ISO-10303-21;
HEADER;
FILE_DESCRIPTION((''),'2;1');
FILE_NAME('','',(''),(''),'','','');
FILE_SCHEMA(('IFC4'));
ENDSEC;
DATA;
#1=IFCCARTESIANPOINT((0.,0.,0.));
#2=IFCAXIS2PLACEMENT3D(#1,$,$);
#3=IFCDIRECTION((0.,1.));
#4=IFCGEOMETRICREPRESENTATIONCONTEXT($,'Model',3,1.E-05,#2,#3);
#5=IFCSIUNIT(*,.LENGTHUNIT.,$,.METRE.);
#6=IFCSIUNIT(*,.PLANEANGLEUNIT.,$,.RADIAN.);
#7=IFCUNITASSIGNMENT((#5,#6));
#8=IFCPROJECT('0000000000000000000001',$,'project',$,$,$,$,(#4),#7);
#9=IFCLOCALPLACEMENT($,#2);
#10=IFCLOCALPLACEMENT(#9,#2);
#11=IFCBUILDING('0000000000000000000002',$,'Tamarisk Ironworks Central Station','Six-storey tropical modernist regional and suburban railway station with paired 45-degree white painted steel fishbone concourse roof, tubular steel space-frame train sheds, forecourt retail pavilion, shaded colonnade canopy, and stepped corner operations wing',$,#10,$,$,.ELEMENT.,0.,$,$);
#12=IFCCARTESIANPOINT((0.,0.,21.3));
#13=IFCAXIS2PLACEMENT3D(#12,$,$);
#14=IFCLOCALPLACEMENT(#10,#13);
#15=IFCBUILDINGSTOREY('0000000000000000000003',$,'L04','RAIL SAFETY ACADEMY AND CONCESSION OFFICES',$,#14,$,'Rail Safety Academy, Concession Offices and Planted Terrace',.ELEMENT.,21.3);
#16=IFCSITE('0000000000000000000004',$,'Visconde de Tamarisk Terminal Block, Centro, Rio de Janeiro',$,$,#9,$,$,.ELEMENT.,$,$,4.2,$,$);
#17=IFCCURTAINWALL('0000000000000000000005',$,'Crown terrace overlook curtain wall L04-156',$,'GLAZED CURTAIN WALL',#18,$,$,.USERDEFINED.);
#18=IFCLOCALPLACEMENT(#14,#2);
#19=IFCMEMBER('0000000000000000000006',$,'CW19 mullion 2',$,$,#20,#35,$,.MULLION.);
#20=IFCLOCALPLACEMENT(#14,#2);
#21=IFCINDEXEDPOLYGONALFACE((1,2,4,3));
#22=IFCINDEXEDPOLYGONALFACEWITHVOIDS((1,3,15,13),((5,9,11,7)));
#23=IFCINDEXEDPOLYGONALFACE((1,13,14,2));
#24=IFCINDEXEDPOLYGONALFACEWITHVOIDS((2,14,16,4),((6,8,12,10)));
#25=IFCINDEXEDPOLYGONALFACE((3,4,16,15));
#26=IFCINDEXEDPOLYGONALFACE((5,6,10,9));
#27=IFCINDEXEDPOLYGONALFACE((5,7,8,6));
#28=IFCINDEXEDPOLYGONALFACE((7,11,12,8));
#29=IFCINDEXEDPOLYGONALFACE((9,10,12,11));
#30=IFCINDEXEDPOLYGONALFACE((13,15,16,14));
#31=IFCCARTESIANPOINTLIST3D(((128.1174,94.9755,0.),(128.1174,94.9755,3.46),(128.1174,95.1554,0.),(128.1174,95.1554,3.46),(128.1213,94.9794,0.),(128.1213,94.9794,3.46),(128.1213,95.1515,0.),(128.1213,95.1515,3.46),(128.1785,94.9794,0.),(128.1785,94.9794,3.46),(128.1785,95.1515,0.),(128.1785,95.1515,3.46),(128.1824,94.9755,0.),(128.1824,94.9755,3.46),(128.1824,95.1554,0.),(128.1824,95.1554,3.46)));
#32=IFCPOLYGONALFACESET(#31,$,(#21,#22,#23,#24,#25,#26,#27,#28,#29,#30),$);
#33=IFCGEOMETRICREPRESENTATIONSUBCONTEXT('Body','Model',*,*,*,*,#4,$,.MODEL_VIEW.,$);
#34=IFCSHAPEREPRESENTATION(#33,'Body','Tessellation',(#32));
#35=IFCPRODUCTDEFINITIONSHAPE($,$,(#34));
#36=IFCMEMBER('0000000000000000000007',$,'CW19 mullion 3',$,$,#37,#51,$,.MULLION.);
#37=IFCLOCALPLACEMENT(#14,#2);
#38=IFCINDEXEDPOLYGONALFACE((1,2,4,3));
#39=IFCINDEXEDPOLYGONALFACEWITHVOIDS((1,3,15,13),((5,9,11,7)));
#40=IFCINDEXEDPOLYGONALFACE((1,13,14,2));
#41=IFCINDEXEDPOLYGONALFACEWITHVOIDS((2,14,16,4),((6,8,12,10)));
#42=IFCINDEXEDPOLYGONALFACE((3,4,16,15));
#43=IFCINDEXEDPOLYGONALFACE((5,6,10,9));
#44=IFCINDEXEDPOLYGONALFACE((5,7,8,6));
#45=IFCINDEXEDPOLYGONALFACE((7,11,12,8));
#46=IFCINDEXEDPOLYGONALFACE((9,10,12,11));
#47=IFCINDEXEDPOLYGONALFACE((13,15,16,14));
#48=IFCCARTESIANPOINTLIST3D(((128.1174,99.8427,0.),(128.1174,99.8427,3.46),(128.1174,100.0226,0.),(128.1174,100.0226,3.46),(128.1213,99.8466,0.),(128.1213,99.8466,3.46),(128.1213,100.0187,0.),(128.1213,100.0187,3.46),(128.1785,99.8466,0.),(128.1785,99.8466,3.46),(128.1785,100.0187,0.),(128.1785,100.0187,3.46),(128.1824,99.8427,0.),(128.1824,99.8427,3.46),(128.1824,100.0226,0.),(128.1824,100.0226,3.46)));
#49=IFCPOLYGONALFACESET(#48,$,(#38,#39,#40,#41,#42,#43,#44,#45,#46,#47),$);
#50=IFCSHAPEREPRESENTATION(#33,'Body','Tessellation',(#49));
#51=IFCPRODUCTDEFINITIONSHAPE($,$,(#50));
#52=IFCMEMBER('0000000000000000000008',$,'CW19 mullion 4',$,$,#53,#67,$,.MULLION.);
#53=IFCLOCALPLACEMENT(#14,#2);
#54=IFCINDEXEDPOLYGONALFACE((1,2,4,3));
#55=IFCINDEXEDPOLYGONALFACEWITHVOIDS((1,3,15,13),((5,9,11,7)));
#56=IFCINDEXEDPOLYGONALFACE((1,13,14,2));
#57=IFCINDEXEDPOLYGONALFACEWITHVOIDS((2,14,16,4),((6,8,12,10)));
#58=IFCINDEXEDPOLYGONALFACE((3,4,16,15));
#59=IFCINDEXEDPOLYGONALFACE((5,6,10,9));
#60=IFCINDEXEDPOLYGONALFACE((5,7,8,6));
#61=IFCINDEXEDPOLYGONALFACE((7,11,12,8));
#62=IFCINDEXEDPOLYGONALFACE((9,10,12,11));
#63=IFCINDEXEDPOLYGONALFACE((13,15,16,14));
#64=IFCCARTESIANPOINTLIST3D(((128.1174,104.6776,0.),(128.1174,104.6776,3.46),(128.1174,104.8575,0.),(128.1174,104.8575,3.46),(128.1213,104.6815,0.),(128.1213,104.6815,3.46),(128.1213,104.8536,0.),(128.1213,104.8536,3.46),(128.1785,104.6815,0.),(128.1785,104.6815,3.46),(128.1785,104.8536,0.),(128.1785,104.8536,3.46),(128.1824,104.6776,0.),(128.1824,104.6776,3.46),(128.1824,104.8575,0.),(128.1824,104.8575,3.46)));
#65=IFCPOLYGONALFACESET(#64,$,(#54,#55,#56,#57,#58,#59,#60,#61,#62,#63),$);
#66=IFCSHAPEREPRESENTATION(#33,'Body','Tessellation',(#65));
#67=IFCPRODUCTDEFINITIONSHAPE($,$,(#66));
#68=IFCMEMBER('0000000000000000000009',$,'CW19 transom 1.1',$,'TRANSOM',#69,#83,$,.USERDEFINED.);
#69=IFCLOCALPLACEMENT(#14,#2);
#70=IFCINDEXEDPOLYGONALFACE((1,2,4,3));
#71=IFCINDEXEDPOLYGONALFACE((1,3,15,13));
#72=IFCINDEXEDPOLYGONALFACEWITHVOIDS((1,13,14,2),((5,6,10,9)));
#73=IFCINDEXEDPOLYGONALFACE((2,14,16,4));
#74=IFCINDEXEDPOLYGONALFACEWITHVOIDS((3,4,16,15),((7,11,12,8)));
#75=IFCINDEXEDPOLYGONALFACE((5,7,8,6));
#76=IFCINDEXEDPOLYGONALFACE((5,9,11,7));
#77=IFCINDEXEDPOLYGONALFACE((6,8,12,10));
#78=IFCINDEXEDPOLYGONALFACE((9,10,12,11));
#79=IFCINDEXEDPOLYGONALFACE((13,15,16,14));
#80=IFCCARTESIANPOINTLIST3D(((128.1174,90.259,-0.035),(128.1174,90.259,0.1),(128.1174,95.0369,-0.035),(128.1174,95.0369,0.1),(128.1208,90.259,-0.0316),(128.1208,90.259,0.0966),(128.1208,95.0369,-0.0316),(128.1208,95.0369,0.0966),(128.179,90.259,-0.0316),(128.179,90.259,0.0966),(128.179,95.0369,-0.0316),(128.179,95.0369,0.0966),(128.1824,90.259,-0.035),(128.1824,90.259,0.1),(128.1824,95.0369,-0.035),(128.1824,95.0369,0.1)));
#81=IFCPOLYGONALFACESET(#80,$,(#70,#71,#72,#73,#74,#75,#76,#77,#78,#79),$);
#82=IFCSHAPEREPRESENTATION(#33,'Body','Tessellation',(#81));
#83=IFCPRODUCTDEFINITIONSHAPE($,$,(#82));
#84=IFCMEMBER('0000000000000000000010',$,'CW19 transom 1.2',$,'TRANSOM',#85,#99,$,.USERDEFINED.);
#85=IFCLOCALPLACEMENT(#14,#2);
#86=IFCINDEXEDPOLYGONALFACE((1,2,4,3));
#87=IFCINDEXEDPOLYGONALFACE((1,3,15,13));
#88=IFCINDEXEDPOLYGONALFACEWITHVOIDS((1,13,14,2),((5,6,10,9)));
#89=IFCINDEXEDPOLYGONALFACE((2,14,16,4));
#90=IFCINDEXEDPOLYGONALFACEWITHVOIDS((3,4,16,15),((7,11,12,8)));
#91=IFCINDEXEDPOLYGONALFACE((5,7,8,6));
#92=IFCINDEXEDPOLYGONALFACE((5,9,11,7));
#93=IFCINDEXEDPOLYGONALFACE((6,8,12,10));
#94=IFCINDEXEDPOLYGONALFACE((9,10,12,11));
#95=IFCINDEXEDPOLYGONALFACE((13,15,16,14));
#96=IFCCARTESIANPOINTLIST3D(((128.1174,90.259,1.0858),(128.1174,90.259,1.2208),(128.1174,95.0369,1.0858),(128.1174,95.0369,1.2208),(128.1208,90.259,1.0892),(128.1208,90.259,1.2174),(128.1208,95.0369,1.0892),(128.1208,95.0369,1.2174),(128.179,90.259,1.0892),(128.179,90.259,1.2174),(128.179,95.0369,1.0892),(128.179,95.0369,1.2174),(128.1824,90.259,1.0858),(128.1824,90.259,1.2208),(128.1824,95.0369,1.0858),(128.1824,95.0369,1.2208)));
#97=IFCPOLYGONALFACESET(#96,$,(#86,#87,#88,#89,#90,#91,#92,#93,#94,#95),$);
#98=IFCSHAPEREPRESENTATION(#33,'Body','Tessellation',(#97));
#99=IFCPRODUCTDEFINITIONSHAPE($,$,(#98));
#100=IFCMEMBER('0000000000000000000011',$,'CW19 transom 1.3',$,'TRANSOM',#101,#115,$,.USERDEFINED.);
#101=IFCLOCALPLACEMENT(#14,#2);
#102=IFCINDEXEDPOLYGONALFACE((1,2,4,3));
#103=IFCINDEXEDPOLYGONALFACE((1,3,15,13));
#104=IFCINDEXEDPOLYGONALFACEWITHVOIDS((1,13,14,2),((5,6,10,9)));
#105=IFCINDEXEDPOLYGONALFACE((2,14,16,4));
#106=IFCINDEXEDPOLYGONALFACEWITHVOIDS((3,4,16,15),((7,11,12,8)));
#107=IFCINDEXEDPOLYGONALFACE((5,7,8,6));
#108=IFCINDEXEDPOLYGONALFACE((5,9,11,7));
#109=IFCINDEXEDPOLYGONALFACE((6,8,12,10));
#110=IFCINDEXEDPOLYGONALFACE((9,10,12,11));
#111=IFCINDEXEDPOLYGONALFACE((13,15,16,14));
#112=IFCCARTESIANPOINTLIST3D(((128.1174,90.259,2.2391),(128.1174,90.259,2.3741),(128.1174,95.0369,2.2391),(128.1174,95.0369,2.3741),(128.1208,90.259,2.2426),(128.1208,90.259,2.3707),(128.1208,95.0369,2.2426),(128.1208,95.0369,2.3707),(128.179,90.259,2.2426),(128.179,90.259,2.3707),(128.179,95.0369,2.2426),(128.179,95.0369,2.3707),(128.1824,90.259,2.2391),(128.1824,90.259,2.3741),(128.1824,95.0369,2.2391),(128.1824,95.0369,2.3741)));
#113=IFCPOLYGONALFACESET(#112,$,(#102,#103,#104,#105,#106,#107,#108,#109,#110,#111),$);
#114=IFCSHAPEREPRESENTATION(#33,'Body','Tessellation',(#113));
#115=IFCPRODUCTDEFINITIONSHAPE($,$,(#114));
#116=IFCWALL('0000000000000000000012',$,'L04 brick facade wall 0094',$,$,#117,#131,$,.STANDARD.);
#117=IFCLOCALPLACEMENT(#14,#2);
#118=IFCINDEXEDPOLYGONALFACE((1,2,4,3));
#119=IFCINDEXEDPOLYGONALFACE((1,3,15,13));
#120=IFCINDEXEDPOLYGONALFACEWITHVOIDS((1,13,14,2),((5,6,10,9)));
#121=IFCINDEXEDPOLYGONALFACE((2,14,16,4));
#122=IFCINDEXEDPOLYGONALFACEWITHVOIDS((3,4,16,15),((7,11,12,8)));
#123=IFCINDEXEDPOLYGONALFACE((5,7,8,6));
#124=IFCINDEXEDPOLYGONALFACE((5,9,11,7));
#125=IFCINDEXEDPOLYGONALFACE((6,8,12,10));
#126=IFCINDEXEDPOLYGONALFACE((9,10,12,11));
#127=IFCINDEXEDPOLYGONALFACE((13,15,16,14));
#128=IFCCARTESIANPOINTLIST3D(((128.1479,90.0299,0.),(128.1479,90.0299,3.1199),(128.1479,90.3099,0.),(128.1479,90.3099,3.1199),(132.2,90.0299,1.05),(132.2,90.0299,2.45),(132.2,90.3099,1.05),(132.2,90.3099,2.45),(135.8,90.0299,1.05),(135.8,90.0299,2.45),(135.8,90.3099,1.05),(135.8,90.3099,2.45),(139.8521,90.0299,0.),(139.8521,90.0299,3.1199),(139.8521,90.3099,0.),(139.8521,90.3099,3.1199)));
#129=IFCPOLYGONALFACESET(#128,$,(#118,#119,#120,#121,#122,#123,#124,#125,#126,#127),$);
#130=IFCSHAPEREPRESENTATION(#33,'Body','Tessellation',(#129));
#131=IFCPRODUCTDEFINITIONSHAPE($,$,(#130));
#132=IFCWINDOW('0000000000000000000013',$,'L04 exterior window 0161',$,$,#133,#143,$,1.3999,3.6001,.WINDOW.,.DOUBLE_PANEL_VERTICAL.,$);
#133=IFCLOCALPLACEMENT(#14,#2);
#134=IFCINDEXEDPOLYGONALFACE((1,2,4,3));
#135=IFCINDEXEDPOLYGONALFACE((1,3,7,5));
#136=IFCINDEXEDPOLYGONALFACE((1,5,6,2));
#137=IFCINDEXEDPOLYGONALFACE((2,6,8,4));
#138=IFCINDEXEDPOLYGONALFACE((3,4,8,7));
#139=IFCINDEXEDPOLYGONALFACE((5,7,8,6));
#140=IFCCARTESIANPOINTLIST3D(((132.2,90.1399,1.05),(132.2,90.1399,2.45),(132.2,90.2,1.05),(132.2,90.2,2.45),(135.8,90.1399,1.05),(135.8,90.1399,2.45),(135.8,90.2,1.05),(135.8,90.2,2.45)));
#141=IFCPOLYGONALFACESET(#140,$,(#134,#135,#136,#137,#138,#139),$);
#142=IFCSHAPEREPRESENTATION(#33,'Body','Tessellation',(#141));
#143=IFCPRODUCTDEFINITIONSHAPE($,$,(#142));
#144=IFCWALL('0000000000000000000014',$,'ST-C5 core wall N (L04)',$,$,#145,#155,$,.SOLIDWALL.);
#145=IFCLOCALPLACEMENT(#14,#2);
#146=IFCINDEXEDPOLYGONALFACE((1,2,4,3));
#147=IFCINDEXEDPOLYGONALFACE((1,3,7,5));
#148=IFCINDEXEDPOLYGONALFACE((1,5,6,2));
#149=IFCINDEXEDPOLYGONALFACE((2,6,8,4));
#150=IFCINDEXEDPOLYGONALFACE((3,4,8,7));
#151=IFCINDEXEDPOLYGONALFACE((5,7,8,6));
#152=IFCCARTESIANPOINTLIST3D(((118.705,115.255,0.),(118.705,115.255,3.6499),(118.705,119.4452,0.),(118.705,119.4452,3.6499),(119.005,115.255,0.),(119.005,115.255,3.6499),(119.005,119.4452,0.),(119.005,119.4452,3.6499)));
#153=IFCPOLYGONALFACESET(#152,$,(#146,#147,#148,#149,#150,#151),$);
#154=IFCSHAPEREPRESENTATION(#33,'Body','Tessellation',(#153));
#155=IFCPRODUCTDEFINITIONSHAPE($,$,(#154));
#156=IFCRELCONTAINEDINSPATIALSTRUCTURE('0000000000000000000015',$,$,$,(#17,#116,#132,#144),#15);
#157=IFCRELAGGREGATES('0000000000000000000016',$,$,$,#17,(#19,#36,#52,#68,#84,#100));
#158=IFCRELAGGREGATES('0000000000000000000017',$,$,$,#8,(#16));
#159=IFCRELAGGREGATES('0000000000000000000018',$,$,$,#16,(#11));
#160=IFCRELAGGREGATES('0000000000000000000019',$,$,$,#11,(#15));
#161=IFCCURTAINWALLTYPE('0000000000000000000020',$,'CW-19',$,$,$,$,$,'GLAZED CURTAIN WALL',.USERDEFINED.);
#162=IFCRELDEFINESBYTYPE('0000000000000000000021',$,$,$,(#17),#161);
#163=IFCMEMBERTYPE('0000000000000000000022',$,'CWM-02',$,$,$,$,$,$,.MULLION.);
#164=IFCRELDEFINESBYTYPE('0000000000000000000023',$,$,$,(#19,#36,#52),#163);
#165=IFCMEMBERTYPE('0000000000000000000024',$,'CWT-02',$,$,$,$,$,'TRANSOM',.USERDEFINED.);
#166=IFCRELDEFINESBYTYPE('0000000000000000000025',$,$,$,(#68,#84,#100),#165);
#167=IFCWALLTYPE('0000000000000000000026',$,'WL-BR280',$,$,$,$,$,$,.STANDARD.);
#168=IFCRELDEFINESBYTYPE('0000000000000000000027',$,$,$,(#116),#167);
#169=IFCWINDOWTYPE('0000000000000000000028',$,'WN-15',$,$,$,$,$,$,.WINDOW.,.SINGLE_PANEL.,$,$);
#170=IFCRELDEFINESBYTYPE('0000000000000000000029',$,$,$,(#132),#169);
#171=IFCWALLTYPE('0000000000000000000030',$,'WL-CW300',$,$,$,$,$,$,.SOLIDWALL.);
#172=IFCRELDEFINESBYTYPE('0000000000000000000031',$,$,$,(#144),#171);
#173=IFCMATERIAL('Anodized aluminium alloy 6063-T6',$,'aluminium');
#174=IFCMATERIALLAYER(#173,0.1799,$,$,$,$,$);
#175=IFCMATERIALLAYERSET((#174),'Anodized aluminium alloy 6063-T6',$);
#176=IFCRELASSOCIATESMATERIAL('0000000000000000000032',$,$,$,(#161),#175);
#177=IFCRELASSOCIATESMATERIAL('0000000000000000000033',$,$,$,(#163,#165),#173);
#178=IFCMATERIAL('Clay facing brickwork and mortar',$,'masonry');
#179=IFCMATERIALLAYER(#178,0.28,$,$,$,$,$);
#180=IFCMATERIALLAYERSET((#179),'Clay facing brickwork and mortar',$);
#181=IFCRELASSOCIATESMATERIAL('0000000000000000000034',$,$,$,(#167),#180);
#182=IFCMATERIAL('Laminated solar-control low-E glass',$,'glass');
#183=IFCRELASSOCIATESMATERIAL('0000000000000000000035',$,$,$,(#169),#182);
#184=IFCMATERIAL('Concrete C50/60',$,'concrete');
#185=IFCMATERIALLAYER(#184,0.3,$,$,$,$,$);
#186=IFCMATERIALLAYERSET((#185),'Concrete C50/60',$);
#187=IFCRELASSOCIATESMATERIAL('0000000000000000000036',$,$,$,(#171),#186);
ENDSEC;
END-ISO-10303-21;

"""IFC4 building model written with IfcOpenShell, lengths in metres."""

from ifc_helpers import new_model, si_unit, direction, frame, frame_2d, origin, origin_2d, place, context, subcontext, project, spatial, rectangle, hollow_rectangle, extrude, material, layer, layer_set, material_profile, profile_set, type_object, element, fill, aggregate, save


model = new_model("IFC4")

# Units and contexts
model_context = context("Model", 3, precision=1e-05, world=origin(), true_north=direction((0.0, 1.0)))
body_context = subcontext(model_context, "Body", "Model", "MODEL_VIEW")
ifc_project = project(units=[si_unit("LENGTHUNIT", "METRE"), si_unit("PLANEANGLEUNIT", "RADIAN")], contexts=[model_context])

# Site, building, storey
site_placement = place(None, origin())
site = spatial("IfcSite", under=ifc_project, at=site_placement, Name="Visconde de Tamarisk Terminal Block, Centro, Rio de Janeiro", CompositionType="ELEMENT", RefElevation=4.2)
building_placement = place(site_placement, origin())
building = spatial("IfcBuilding", under=site, at=building_placement, Name="Tamarisk Ironworks Central Station", Description="Six-storey tropical modernist regional and suburban railway station with paired 45-degree white painted steel fishbone concourse roof, tubular steel space-frame train sheds, forecourt retail pavilion, shaded colonnade canopy, and stepped corner operations wing", CompositionType="ELEMENT", ElevationOfRefHeight=0.0)
storey_placement = place(building_placement, frame((0.0, 0.0, 21.3)))
storey = spatial("IfcBuildingStorey", under=building, at=storey_placement, Name="L04", Description="RAIL SAFETY ACADEMY AND CONCESSION OFFICES", LongName="Rail Safety Academy, Concession Offices and Planted Terrace", CompositionType="ELEMENT", Elevation=21.3)

# Curtain wall, members
ifc_material_1 = material(Name="Anodized aluminium alloy 6063-T6", Category="aluminium")
ifc_layer_1 = layer(ifc_material_1, 0.1799)
ifc_layer_set_1 = layer_set([ifc_layer_1], Name="Anodized aluminium alloy 6063-T6")
curtain_wall_type = type_object("IfcCurtainWallType", Name="CW-19", ElementType="GLAZED CURTAIN WALL", PredefinedType="USERDEFINED", material=ifc_layer_set_1)
curtain_wall_placement = place(storey_placement, origin())
curtain_wall = element("IfcCurtainWall", 1, at=curtain_wall_placement, inside=storey, type_object=curtain_wall_type, Name="Crown terrace overlook curtain wall L04-156", ObjectType="GLAZED CURTAIN WALL", PredefinedType="USERDEFINED")
ifc_material_profile_1 = material_profile(ifc_material_1, hollow_rectangle(XDim=0.0649, YDim=0.1799, WallThickness=0.0039, at=origin_2d()), Name="ALUM 180x65")
ifc_profile_set_1 = profile_set([ifc_material_profile_1], Name="Anodized aluminium alloy 6063-T6")
member_type_1 = type_object("IfcMemberType", Name="CWM-02", PredefinedType="MULLION", material=ifc_profile_set_1)
member_1_placement = place(storey_placement, frame((128.1499, 95.0654, 0.0), z_axis=(0.0, 0.0, 1.0), x_axis=(-1.0, 0.0, 0.0)))
member_1 = element("IfcMember", 2, at=member_1_placement, type_object=member_type_1, Name="CW19 mullion 2", PredefinedType="MULLION", context=body_context, shape_type="SweptSolid", body=[
    extrude(hollow_rectangle(XDim=0.0649, YDim=0.1799, WallThickness=0.0039, at=origin_2d()), origin(), (0.0, 0.0, 1.0), 3.46),
])
member_2_placement = place(storey_placement, frame((128.1499, 99.9326, 0.0), z_axis=(0.0, 0.0, 1.0), x_axis=(-1.0, 0.0, 0.0)))
member_2 = element("IfcMember", 3, at=member_2_placement, type_object=member_type_1, Name="CW19 mullion 3", PredefinedType="MULLION", context=body_context, shape_type="SweptSolid", body=[
    extrude(hollow_rectangle(XDim=0.0649, YDim=0.1799, WallThickness=0.0039, at=origin_2d()), origin(), (0.0, 0.0, 1.0), 3.46),
])
member_3_placement = place(storey_placement, frame((128.1499, 104.7676, 0.0), z_axis=(0.0, 0.0, 1.0), x_axis=(-1.0, 0.0, 0.0)))
member_3 = element("IfcMember", 4, at=member_3_placement, type_object=member_type_1, Name="CW19 mullion 4", PredefinedType="MULLION", context=body_context, shape_type="SweptSolid", body=[
    extrude(hollow_rectangle(XDim=0.0649, YDim=0.1799, WallThickness=0.0039, at=origin_2d()), origin(), (0.0, 0.0, 1.0), 3.46),
])
ifc_material_profile_2 = material_profile(ifc_material_1, hollow_rectangle(XDim=0.0649, YDim=0.135, WallThickness=0.0034, at=origin_2d()), Name="ALUM 135x65")
ifc_profile_set_2 = profile_set([ifc_material_profile_2], Name="Anodized aluminium alloy 6063-T6")
member_type_2 = type_object("IfcMemberType", Name="CWT-02", ElementType="TRANSOM", PredefinedType="USERDEFINED", material=ifc_profile_set_2)
member_4_placement = place(storey_placement, frame((128.1499, 90.259, 0.0325), z_axis=(0.0, 1.0, 0.0), x_axis=(-1.0, 0.0, 0.0)))
member_4 = element("IfcMember", 5, at=member_4_placement, type_object=member_type_2, Name="CW19 transom 1.1", ObjectType="TRANSOM", PredefinedType="USERDEFINED", context=body_context, shape_type="SweptSolid", body=[
    extrude(hollow_rectangle(XDim=0.0649, YDim=0.135, WallThickness=0.0034, at=origin_2d()), origin(), (0.0, 0.0, 1.0), 4.7778),
])
member_5_placement = place(storey_placement, frame((128.1499, 90.259, 1.1533), z_axis=(0.0, 1.0, 0.0), x_axis=(-1.0, 0.0, 0.0)))
member_5 = element("IfcMember", 6, at=member_5_placement, type_object=member_type_2, Name="CW19 transom 1.2", ObjectType="TRANSOM", PredefinedType="USERDEFINED", context=body_context, shape_type="SweptSolid", body=[
    extrude(hollow_rectangle(XDim=0.0649, YDim=0.135, WallThickness=0.0034, at=origin_2d()), origin(), (0.0, 0.0, 1.0), 4.7778),
])
member_6_placement = place(storey_placement, frame((128.1499, 90.259, 2.3066), z_axis=(0.0, 1.0, 0.0), x_axis=(-1.0, 0.0, 0.0)))
member_6 = element("IfcMember", 7, at=member_6_placement, type_object=member_type_2, Name="CW19 transom 1.3", ObjectType="TRANSOM", PredefinedType="USERDEFINED", context=body_context, shape_type="SweptSolid", body=[
    extrude(hollow_rectangle(XDim=0.0649, YDim=0.135, WallThickness=0.0034, at=origin_2d()), origin(), (0.0, 0.0, 1.0), 4.7778),
])
aggregate(curtain_wall, [member_1, member_2, member_3, member_4, member_5, member_6])

# Wall, opening, window
ifc_material_2 = material(Name="Clay facing brickwork and mortar", Category="masonry")
ifc_layer_2 = layer(ifc_material_2, 0.28)
ifc_layer_set_2 = layer_set([ifc_layer_2], Name="Clay facing brickwork and mortar")
wall_type_1 = type_object("IfcWallType", Name="WL-BR280", PredefinedType="STANDARD", material=ifc_layer_set_2)
wall_1_placement = place(storey_placement, frame((128.1479, 90.1699, 0.0), z_axis=(0.0, 0.0, 1.0), x_axis=(1.0, 0.0, 0.0)))
wall_1 = element("IfcWall", 8, at=wall_1_placement, inside=storey, type_object=wall_type_1, Name="L04 brick facade wall 0094", PredefinedType="STANDARD", context=body_context, shape_type="SweptSolid", body=[
    extrude(rectangle(XDim=11.7041, YDim=0.28, at=frame_2d((5.8521, 0.0))), origin(), (0.0, 0.0, 1.0), 3.1199),
])
opening_placement = place(wall_1_placement, frame((4.052, 0.0, 1.05)))
opening = element("IfcOpeningElement", 9, at=opening_placement, cuts=wall_1, PredefinedType="OPENING", context=body_context, shape_type="SweptSolid", body=[
    extrude(rectangle(XDim=3.6001, YDim=1.3999, at=frame_2d((1.8, 0.7))), frame((0.0, 0.1519, 0.0), z_axis=(0.0, -1.0, 0.0), x_axis=(1.0, 0.0, 0.0)), (0.0, 0.0, 1.0), 0.304),
])
ifc_material_3 = material(Name="Laminated solar-control low-E glass", Category="glass")
window_type = type_object("IfcWindowType", Name="WN-15", PartitioningType="SINGLE_PANEL", PredefinedType="WINDOW", material=ifc_material_3)
window_placement = place(opening_placement, origin())
window = element("IfcWindow", 10, at=window_placement, inside=storey, type_object=window_type, Name="L04 exterior window 0161", OverallHeight=1.3999, OverallWidth=3.6001, PartitioningType="DOUBLE_PANEL_VERTICAL", PredefinedType="WINDOW", context=body_context, shape_type="SweptSolid", body=[
    extrude(rectangle(XDim=3.6001, YDim=1.3999, at=frame_2d((1.8, 0.7))), frame((0.0, 0.03, 0.0), z_axis=(0.0, -1.0, 0.0), x_axis=(1.0, 0.0, 0.0)), (0.0, 0.0, 1.0), 0.0601),
])
fill(opening, window)

# Wall
ifc_material_4 = material(Name="Concrete C50/60", Category="concrete")
ifc_layer_3 = layer(ifc_material_4, 0.3)
ifc_layer_set_3 = layer_set([ifc_layer_3], Name="Concrete C50/60")
wall_type_2 = type_object("IfcWallType", Name="WL-CW300", PredefinedType="SOLIDWALL", material=ifc_layer_set_3)
wall_2_placement = place(storey_placement, frame((118.855, 115.2549, 0.0), z_axis=(0.0, 0.0, 1.0), x_axis=(0.0, 1.0, 0.0)))
element("IfcWall", 11, at=wall_2_placement, inside=storey, type_object=wall_type_2, Name="ST-C5 core wall N (L04)", PredefinedType="SOLIDWALL", context=body_context, shape_type="SweptSolid", body=[
    extrude(rectangle(XDim=4.1902, YDim=0.3, at=frame_2d((2.0952, 0.0))), origin(), (0.0, 0.0, 1.0), 3.6499),
])

save(model, "model.ifc")
